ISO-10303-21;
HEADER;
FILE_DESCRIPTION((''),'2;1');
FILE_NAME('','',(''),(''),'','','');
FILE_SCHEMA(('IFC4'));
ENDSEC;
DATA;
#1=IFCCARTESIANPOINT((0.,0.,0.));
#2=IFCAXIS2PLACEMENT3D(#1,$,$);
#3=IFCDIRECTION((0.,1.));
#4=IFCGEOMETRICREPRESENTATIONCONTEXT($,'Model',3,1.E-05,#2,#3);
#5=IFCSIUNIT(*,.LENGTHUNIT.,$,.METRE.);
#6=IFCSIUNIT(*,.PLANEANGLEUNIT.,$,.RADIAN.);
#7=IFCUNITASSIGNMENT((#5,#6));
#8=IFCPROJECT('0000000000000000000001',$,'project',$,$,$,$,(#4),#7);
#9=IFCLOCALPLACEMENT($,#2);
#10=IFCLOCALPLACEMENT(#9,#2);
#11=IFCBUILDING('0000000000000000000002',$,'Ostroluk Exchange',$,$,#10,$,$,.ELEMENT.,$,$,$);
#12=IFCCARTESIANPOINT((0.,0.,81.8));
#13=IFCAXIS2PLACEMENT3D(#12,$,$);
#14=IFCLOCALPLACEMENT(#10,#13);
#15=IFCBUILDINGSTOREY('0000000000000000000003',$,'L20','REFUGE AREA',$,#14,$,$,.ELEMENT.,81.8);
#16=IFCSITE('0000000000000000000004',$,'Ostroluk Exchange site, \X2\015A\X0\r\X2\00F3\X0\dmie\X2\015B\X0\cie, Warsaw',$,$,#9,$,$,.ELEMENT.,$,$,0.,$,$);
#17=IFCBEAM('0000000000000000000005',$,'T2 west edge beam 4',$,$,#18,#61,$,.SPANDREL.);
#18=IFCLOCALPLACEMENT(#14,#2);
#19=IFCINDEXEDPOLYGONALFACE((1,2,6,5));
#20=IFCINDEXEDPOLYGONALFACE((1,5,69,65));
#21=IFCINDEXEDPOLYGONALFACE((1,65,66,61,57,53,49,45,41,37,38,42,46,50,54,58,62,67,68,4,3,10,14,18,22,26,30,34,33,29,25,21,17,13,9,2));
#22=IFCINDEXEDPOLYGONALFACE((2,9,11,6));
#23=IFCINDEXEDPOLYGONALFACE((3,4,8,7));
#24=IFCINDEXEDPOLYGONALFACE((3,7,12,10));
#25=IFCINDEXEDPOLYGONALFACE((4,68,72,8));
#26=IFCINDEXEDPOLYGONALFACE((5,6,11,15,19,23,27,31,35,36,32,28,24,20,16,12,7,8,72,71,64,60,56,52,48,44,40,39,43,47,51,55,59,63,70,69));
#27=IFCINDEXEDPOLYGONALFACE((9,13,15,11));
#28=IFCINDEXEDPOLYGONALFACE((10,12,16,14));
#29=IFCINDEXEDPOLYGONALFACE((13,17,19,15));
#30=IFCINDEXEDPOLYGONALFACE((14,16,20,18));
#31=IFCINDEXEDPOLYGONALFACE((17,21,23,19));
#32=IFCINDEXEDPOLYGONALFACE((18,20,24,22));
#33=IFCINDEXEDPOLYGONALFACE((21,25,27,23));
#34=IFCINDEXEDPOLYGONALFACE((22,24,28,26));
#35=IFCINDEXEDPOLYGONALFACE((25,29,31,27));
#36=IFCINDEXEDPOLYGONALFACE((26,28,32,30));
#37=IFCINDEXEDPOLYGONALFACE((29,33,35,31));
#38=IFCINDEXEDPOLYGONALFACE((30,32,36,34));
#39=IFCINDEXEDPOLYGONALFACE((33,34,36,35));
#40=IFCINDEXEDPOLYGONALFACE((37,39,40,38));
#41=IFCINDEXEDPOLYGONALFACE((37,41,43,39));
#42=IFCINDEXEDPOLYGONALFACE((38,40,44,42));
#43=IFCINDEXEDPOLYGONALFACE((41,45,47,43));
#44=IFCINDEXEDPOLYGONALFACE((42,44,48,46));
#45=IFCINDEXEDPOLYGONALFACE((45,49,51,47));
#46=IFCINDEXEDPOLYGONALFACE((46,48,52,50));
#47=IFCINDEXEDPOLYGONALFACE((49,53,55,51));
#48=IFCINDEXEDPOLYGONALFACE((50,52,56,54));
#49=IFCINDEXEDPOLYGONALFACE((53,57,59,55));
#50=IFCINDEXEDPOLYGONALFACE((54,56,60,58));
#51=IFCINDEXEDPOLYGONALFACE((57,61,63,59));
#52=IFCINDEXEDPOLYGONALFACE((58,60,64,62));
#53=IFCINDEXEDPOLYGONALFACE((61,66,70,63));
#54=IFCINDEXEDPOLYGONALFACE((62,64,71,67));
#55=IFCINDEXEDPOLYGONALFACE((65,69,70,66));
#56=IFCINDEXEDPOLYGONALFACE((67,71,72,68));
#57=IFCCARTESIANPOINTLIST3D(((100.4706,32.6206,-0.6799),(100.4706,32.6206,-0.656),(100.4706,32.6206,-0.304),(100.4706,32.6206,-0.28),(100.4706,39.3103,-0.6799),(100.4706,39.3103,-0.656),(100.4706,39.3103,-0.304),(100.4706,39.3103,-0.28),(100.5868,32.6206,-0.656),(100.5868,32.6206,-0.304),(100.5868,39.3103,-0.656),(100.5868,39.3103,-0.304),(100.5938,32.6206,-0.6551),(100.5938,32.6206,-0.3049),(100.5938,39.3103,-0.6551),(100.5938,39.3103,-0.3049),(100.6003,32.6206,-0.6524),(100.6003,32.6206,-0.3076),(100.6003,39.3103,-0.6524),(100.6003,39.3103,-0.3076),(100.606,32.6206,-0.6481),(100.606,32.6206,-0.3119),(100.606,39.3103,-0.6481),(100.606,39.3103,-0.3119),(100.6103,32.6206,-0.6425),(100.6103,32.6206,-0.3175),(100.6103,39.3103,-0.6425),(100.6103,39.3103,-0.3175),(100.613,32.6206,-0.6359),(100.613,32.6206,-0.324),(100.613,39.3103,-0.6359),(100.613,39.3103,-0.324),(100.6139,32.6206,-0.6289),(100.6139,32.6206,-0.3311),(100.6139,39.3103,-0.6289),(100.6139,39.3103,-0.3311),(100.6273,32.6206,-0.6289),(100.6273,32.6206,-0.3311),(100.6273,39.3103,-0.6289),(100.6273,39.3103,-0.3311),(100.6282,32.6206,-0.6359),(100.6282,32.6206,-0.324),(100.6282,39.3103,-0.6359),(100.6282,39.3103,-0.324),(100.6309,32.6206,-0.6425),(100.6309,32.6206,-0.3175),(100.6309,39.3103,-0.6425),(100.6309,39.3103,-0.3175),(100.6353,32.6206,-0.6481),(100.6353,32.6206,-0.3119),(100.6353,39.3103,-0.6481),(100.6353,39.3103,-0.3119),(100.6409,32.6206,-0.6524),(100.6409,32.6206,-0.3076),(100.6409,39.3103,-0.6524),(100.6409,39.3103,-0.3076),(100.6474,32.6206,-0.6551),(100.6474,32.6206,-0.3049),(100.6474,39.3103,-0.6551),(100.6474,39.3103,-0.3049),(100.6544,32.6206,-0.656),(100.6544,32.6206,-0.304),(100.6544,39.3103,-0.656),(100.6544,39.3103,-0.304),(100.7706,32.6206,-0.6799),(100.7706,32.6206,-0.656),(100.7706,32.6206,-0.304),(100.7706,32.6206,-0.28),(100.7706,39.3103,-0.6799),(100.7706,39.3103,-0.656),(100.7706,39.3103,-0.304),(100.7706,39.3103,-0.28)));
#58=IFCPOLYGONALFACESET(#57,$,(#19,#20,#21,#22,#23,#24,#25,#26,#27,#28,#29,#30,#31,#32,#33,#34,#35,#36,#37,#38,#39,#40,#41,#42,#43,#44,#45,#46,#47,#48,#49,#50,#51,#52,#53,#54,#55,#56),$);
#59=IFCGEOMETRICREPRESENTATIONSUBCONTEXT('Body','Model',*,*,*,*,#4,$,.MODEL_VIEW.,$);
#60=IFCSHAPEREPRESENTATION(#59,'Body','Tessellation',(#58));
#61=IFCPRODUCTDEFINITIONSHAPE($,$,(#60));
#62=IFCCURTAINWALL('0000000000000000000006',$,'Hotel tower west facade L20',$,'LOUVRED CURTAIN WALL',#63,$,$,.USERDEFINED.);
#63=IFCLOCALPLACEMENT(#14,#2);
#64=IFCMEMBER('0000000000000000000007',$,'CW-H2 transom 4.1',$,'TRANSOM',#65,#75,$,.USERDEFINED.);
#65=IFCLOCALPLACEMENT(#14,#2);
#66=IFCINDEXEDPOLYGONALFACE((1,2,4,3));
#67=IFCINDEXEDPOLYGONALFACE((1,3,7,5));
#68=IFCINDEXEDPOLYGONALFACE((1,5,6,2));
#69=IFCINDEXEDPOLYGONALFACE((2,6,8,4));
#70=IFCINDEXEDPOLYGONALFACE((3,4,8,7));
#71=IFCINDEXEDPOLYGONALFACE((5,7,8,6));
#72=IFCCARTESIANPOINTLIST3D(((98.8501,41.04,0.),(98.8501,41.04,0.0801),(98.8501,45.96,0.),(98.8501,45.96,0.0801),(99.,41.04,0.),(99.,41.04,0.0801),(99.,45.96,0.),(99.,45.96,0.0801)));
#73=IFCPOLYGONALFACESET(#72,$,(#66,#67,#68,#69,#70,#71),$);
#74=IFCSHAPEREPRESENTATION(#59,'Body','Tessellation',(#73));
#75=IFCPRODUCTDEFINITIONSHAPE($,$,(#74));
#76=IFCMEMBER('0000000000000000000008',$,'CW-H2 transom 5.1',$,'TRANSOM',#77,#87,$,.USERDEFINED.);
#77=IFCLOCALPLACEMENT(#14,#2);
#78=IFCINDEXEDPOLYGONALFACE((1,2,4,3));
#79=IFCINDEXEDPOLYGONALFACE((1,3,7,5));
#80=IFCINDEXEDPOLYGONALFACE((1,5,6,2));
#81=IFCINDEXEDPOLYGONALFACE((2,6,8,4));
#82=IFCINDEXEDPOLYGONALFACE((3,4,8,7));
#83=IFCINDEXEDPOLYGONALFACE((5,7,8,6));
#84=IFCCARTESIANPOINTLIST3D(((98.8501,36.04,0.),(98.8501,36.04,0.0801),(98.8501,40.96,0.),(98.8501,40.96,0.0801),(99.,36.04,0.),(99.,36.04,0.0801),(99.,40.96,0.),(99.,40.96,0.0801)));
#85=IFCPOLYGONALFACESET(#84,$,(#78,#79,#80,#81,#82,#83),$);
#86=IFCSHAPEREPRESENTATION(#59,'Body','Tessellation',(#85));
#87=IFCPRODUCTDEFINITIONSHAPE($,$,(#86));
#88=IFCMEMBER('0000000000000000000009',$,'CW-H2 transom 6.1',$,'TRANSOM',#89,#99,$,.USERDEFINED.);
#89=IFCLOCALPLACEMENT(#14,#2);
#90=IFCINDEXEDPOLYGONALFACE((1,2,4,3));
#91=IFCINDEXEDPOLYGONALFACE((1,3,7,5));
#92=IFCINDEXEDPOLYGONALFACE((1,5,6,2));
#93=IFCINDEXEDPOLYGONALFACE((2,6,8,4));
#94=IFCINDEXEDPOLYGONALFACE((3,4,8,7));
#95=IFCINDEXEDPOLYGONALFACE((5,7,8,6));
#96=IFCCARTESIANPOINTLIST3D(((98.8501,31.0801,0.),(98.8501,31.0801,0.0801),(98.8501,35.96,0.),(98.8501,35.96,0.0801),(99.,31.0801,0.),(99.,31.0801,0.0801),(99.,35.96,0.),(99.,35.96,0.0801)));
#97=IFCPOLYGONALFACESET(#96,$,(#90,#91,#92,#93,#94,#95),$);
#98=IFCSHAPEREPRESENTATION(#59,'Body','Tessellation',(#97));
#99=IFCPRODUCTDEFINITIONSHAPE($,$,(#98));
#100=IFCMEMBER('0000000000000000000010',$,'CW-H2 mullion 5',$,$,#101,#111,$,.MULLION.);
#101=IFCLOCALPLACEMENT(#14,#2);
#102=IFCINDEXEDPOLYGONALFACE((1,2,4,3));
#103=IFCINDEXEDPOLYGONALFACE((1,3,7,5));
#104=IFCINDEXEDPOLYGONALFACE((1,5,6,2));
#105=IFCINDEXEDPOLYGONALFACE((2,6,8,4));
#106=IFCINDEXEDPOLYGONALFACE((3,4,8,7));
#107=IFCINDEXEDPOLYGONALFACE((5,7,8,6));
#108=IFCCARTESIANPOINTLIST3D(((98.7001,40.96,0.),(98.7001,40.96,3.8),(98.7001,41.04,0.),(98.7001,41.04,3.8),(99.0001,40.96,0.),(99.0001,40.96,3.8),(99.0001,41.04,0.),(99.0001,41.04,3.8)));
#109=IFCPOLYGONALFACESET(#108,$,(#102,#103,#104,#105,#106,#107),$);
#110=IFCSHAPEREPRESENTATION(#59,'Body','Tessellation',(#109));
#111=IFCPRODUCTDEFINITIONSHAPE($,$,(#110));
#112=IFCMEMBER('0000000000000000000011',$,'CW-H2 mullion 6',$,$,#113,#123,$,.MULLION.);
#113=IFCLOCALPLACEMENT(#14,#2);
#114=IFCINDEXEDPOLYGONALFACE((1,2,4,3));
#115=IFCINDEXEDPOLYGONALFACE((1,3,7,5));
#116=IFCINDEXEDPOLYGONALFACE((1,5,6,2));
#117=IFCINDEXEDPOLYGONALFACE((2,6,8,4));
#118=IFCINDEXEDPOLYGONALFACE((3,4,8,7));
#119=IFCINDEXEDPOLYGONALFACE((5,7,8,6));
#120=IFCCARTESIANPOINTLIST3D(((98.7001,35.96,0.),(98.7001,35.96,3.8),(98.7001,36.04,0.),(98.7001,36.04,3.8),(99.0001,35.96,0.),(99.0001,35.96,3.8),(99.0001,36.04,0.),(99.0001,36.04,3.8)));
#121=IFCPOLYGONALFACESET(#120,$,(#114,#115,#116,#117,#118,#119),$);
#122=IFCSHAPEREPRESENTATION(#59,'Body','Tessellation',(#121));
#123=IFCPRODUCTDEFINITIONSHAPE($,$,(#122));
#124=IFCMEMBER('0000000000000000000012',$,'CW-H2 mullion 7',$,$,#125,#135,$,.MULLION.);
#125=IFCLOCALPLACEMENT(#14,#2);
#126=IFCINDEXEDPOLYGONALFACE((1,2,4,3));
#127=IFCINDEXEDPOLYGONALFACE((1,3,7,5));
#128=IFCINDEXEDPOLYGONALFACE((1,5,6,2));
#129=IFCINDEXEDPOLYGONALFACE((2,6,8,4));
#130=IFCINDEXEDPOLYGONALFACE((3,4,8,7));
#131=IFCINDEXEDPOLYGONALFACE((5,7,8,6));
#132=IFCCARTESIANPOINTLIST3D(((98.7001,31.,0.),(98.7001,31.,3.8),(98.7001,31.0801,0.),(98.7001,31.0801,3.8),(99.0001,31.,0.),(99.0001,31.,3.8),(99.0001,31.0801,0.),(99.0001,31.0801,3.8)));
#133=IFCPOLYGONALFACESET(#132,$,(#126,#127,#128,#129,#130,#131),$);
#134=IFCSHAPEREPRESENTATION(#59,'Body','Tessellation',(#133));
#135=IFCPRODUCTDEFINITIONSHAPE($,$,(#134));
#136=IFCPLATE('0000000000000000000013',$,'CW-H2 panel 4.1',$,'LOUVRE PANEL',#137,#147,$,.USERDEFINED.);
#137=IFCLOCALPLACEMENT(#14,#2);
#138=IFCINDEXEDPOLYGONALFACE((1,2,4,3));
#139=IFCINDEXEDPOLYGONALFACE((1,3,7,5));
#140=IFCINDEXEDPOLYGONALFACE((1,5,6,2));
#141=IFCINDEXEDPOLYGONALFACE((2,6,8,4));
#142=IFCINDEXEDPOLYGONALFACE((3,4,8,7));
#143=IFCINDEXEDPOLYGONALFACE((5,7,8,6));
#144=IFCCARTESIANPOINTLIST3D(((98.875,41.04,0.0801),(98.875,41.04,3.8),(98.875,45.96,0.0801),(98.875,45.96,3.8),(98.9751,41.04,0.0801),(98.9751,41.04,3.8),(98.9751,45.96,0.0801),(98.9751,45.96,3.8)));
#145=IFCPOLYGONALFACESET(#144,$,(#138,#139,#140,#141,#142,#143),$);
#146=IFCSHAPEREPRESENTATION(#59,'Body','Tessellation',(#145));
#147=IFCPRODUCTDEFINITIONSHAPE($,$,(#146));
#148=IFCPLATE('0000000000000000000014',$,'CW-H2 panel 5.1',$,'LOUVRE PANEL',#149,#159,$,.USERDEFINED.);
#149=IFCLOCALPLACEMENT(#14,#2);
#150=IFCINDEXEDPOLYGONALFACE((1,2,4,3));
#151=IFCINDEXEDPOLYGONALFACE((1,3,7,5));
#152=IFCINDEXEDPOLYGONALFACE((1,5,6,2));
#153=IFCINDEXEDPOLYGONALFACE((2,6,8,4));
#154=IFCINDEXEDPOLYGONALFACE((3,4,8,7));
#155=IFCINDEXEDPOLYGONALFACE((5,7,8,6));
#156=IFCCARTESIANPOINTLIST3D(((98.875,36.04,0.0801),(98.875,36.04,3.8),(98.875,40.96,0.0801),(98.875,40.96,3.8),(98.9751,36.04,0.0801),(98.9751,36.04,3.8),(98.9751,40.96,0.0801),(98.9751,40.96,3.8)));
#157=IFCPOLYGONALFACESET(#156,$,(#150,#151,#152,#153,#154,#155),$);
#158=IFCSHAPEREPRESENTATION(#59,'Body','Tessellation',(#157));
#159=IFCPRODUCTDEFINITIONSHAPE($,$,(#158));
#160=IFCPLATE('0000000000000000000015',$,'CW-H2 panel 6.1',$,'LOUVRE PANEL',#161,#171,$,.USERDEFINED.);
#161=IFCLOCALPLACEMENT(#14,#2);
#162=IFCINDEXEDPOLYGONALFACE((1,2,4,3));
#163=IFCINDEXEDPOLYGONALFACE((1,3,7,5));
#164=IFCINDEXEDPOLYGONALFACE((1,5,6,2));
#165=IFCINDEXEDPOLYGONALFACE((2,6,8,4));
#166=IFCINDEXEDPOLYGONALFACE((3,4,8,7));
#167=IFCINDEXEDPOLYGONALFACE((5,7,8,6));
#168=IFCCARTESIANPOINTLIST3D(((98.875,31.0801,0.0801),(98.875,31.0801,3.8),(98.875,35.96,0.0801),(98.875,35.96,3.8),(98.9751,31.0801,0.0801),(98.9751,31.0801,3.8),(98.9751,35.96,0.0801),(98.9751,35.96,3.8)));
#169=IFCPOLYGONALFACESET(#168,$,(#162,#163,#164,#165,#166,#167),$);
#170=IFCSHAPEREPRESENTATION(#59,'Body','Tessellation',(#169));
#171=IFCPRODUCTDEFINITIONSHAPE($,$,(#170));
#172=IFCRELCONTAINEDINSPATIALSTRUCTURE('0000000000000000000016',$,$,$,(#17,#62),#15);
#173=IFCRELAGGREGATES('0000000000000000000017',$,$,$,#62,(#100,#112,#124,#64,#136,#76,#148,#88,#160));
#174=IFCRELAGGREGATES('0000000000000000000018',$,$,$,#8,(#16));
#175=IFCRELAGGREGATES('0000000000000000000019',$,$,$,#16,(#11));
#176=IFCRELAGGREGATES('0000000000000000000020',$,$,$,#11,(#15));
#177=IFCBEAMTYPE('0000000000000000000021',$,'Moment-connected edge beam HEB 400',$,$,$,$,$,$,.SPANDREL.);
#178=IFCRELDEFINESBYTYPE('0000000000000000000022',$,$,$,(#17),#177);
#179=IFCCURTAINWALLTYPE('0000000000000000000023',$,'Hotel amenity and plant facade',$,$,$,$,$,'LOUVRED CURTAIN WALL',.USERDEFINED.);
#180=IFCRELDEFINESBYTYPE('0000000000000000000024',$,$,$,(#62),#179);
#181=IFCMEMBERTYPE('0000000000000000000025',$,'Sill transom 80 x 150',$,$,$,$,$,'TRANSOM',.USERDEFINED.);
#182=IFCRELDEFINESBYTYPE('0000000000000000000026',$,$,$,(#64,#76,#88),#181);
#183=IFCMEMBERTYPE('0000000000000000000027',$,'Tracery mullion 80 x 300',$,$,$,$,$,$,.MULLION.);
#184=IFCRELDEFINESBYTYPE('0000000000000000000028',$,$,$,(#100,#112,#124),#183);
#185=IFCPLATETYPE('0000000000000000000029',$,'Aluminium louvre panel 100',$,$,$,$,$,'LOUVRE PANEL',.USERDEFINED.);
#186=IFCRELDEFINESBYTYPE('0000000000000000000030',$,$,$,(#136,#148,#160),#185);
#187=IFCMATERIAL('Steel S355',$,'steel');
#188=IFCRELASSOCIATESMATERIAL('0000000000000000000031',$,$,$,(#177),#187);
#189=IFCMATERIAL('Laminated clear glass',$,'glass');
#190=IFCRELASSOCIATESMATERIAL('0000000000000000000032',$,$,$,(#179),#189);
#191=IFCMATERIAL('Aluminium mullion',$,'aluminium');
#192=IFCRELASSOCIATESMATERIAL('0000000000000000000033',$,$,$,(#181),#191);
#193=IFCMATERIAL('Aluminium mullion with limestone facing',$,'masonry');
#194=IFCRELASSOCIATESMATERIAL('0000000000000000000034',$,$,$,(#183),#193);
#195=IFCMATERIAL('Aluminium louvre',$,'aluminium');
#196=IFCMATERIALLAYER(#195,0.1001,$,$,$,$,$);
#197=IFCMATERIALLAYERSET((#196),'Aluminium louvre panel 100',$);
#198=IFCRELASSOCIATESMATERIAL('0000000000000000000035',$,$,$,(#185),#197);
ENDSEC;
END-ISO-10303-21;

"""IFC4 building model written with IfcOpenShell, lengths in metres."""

from ifc_helpers import new_model, si_unit, direction, frame, origin, origin_2d, place, context, subcontext, project, spatial, rectangle, i_section, extrude, material, layer, layer_set, material_profile, profile_set, type_object, element, aggregate, save


model = new_model("IFC4")

# Units and contexts
model_context = context("Model", 3, precision=1e-05, world=origin(), true_north=direction((0.0, 1.0)))
body_context = subcontext(model_context, "Body", "Model", "MODEL_VIEW")
ifc_project = project(units=[si_unit("LENGTHUNIT", "METRE"), si_unit("PLANEANGLEUNIT", "RADIAN")], contexts=[model_context])

# Site, building, storey
site_placement = place(None, origin())
site = spatial("IfcSite", under=ifc_project, at=site_placement, Name="Ostroluk Exchange site, Śródmieście, Warsaw", CompositionType="ELEMENT", RefElevation=0.0)
building_placement = place(site_placement, origin())
building = spatial("IfcBuilding", under=site, at=building_placement, Name="Ostroluk Exchange", CompositionType="ELEMENT")
storey_placement = place(building_placement, frame((0.0, 0.0, 81.8)))
storey = spatial("IfcBuildingStorey", under=building, at=storey_placement, Name="L20", Description="REFUGE AREA", CompositionType="ELEMENT", Elevation=81.8)

# Beam
ifc_material_1 = material(Name="Steel S355", Category="steel")
ifc_material_profile_1 = material_profile(ifc_material_1, i_section(OverallWidth=0.3, OverallDepth=0.3999, WebThickness=0.0134, FlangeThickness=0.0239, FilletRadius=0.0271, at=origin_2d()), Name="HEB 400")
ifc_profile_set_1 = profile_set([ifc_material_profile_1], Name="Steel S355")
beam_type_1 = type_object("IfcBeamType", Name="Moment-connected edge beam HEB 400", PredefinedType="SPANDREL", material=ifc_profile_set_1)
beam_1_placement = place(storey_placement, frame((100.6206, 39.3103, -0.48), z_axis=(0.0, -1.0, 0.0), x_axis=(1.0, 0.0, 0.0)))
element("IfcBeam", 1, at=beam_1_placement, inside=storey, type_object=beam_type_1, Name="T2 west edge beam 4", PredefinedType="SPANDREL", context=body_context, shape_type="SweptSolid", body=[
    extrude(i_section(OverallWidth=0.3, OverallDepth=0.3999, WebThickness=0.0134, FlangeThickness=0.0239, FilletRadius=0.0271, at=origin_2d()), origin(), (0.0, 0.0, 1.0), 6.6897),
])

# Curtain wall, members, plates
ifc_material_2 = material(Name="Laminated clear glass", Category="glass")
curtain_wall_type = type_object("IfcCurtainWallType", Name="Hotel amenity and plant facade", ElementType="LOUVRED CURTAIN WALL", PredefinedType="USERDEFINED", material=ifc_material_2)
curtain_wall_placement = place(storey_placement, origin())
curtain_wall = element("IfcCurtainWall", 2, at=curtain_wall_placement, inside=storey, type_object=curtain_wall_type, Name="Hotel tower west facade L20", ObjectType="LOUVRED CURTAIN WALL", PredefinedType="USERDEFINED")
ifc_material_3 = material(Name="Aluminium mullion", Category="aluminium")
ifc_material_profile_2 = material_profile(ifc_material_3, rectangle(XDim=0.1499, YDim=0.0801, at=origin_2d()), Name="Sill transom 80 x 150")
ifc_profile_set_2 = profile_set([ifc_material_profile_2], Name="Aluminium mullion")
member_type_1 = type_object("IfcMemberType", Name="Sill transom 80 x 150", ElementType="TRANSOM", PredefinedType="USERDEFINED", material=ifc_profile_set_2)
member_1_placement = place(storey_placement, frame((98.925, 45.96, 0.04), z_axis=(0.0, -1.0, 0.0), x_axis=(1.0, 0.0, 0.0)))
member_1 = element("IfcMember", 3, at=member_1_placement, type_object=member_type_1, Name="CW-H2 transom 4.1", ObjectType="TRANSOM", PredefinedType="USERDEFINED", context=body_context, shape_type="SweptSolid", body=[
    extrude(rectangle(XDim=0.1499, YDim=0.0801, at=origin_2d()), origin(), (0.0, 0.0, 1.0), 4.9199),
])
member_2_placement = place(storey_placement, frame((98.925, 40.96, 0.04), z_axis=(0.0, -1.0, 0.0), x_axis=(1.0, 0.0, 0.0)))
member_2 = element("IfcMember", 4, at=member_2_placement, type_object=member_type_1, Name="CW-H2 transom 5.1", ObjectType="TRANSOM", PredefinedType="USERDEFINED", context=body_context, shape_type="SweptSolid", body=[
    extrude(rectangle(XDim=0.1499, YDim=0.0801, at=origin_2d()), origin(), (0.0, 0.0, 1.0), 4.9199),
])
member_3_placement = place(storey_placement, frame((98.925, 35.96, 0.04), z_axis=(0.0, -1.0, 0.0), x_axis=(1.0, 0.0, 0.0)))
member_3 = element("IfcMember", 5, at=member_3_placement, type_object=member_type_1, Name="CW-H2 transom 6.1", ObjectType="TRANSOM", PredefinedType="USERDEFINED", context=body_context, shape_type="SweptSolid", body=[
    extrude(rectangle(XDim=0.1499, YDim=0.0801, at=origin_2d()), origin(), (0.0, 0.0, 1.0), 4.8799),
])
ifc_material_4 = material(Name="Aluminium mullion with limestone facing", Category="masonry")
ifc_material_profile_3 = material_profile(ifc_material_4, rectangle(XDim=0.3, YDim=0.0801, at=origin_2d()), Name="Tracery mullion 80 x 300")
ifc_profile_set_3 = profile_set([ifc_material_profile_3], Name="Aluminium mullion with limestone facing")
member_type_2 = type_object("IfcMemberType", Name="Tracery mullion 80 x 300", PredefinedType="MULLION", material=ifc_profile_set_3)
member_4_placement = place(storey_placement, frame((98.8501, 41.0, 0.0), z_axis=(0.0, 0.0, 1.0), x_axis=(1.0, 0.0, 0.0)))
member_4 = element("IfcMember", 6, at=member_4_placement, type_object=member_type_2, Name="CW-H2 mullion 5", PredefinedType="MULLION", context=body_context, shape_type="SweptSolid", body=[
    extrude(rectangle(XDim=0.3, YDim=0.0801, at=origin_2d()), origin(), (0.0, 0.0, 1.0), 3.8),
])
member_5_placement = place(storey_placement, frame((98.8501, 36.0, 0.0), z_axis=(0.0, 0.0, 1.0), x_axis=(1.0, 0.0, 0.0)))
member_5 = element("IfcMember", 7, at=member_5_placement, type_object=member_type_2, Name="CW-H2 mullion 6", PredefinedType="MULLION", context=body_context, shape_type="SweptSolid", body=[
    extrude(rectangle(XDim=0.3, YDim=0.0801, at=origin_2d()), origin(), (0.0, 0.0, 1.0), 3.8),
])
member_6_placement = place(storey_placement, frame((98.8501, 31.04, 0.0), z_axis=(0.0, 0.0, 1.0), x_axis=(1.0, 0.0, 0.0)))
member_6 = element("IfcMember", 8, at=member_6_placement, type_object=member_type_2, Name="CW-H2 mullion 7", PredefinedType="MULLION", context=body_context, shape_type="SweptSolid", body=[
    extrude(rectangle(XDim=0.3, YDim=0.0801, at=origin_2d()), origin(), (0.0, 0.0, 1.0), 3.8),
])
ifc_material_5 = material(Name="Aluminium louvre", Category="aluminium")
ifc_layer = layer(ifc_material_5, 0.1001)
ifc_layer_set = layer_set([ifc_layer], Name="Aluminium louvre panel 100")
plate_type = type_object("IfcPlateType", Name="Aluminium louvre panel 100", ElementType="LOUVRE PANEL", PredefinedType="USERDEFINED", material=ifc_layer_set)
plate_1_placement = place(storey_placement, frame((98.925, 43.5, 0.0801), z_axis=(0.0, 0.0, 1.0), x_axis=(0.0, -1.0, 0.0)))
plate_1 = element("IfcPlate", 9, at=plate_1_placement, type_object=plate_type, Name="CW-H2 panel 4.1", ObjectType="LOUVRE PANEL", PredefinedType="USERDEFINED", context=body_context, shape_type="SweptSolid", body=[
    extrude(rectangle(XDim=4.9199, YDim=0.1001, at=origin_2d()), origin(), (0.0, 0.0, 1.0), 3.72),
])
plate_2_placement = place(storey_placement, frame((98.925, 38.5, 0.0801), z_axis=(0.0, 0.0, 1.0), x_axis=(0.0, -1.0, 0.0)))
plate_2 = element("IfcPlate", 10, at=plate_2_placement, type_object=plate_type, Name="CW-H2 panel 5.1", ObjectType="LOUVRE PANEL", PredefinedType="USERDEFINED", context=body_context, shape_type="SweptSolid", body=[
    extrude(rectangle(XDim=4.9199, YDim=0.1001, at=origin_2d()), origin(), (0.0, 0.0, 1.0), 3.72),
])
plate_3_placement = place(storey_placement, frame((98.925, 33.52, 0.0801), z_axis=(0.0, 0.0, 1.0), x_axis=(0.0, -1.0, 0.0)))
plate_3 = element("IfcPlate", 11, at=plate_3_placement, type_object=plate_type, Name="CW-H2 panel 6.1", ObjectType="LOUVRE PANEL", PredefinedType="USERDEFINED", context=body_context, shape_type="SweptSolid", body=[
    extrude(rectangle(XDim=4.8799, YDim=0.1001, at=origin_2d()), origin(), (0.0, 0.0, 1.0), 3.72),
])
aggregate(curtain_wall, [member_4, member_5, member_6, member_1, plate_1, member_2, plate_2, member_3, plate_3])

save(model, "model.ifc")
